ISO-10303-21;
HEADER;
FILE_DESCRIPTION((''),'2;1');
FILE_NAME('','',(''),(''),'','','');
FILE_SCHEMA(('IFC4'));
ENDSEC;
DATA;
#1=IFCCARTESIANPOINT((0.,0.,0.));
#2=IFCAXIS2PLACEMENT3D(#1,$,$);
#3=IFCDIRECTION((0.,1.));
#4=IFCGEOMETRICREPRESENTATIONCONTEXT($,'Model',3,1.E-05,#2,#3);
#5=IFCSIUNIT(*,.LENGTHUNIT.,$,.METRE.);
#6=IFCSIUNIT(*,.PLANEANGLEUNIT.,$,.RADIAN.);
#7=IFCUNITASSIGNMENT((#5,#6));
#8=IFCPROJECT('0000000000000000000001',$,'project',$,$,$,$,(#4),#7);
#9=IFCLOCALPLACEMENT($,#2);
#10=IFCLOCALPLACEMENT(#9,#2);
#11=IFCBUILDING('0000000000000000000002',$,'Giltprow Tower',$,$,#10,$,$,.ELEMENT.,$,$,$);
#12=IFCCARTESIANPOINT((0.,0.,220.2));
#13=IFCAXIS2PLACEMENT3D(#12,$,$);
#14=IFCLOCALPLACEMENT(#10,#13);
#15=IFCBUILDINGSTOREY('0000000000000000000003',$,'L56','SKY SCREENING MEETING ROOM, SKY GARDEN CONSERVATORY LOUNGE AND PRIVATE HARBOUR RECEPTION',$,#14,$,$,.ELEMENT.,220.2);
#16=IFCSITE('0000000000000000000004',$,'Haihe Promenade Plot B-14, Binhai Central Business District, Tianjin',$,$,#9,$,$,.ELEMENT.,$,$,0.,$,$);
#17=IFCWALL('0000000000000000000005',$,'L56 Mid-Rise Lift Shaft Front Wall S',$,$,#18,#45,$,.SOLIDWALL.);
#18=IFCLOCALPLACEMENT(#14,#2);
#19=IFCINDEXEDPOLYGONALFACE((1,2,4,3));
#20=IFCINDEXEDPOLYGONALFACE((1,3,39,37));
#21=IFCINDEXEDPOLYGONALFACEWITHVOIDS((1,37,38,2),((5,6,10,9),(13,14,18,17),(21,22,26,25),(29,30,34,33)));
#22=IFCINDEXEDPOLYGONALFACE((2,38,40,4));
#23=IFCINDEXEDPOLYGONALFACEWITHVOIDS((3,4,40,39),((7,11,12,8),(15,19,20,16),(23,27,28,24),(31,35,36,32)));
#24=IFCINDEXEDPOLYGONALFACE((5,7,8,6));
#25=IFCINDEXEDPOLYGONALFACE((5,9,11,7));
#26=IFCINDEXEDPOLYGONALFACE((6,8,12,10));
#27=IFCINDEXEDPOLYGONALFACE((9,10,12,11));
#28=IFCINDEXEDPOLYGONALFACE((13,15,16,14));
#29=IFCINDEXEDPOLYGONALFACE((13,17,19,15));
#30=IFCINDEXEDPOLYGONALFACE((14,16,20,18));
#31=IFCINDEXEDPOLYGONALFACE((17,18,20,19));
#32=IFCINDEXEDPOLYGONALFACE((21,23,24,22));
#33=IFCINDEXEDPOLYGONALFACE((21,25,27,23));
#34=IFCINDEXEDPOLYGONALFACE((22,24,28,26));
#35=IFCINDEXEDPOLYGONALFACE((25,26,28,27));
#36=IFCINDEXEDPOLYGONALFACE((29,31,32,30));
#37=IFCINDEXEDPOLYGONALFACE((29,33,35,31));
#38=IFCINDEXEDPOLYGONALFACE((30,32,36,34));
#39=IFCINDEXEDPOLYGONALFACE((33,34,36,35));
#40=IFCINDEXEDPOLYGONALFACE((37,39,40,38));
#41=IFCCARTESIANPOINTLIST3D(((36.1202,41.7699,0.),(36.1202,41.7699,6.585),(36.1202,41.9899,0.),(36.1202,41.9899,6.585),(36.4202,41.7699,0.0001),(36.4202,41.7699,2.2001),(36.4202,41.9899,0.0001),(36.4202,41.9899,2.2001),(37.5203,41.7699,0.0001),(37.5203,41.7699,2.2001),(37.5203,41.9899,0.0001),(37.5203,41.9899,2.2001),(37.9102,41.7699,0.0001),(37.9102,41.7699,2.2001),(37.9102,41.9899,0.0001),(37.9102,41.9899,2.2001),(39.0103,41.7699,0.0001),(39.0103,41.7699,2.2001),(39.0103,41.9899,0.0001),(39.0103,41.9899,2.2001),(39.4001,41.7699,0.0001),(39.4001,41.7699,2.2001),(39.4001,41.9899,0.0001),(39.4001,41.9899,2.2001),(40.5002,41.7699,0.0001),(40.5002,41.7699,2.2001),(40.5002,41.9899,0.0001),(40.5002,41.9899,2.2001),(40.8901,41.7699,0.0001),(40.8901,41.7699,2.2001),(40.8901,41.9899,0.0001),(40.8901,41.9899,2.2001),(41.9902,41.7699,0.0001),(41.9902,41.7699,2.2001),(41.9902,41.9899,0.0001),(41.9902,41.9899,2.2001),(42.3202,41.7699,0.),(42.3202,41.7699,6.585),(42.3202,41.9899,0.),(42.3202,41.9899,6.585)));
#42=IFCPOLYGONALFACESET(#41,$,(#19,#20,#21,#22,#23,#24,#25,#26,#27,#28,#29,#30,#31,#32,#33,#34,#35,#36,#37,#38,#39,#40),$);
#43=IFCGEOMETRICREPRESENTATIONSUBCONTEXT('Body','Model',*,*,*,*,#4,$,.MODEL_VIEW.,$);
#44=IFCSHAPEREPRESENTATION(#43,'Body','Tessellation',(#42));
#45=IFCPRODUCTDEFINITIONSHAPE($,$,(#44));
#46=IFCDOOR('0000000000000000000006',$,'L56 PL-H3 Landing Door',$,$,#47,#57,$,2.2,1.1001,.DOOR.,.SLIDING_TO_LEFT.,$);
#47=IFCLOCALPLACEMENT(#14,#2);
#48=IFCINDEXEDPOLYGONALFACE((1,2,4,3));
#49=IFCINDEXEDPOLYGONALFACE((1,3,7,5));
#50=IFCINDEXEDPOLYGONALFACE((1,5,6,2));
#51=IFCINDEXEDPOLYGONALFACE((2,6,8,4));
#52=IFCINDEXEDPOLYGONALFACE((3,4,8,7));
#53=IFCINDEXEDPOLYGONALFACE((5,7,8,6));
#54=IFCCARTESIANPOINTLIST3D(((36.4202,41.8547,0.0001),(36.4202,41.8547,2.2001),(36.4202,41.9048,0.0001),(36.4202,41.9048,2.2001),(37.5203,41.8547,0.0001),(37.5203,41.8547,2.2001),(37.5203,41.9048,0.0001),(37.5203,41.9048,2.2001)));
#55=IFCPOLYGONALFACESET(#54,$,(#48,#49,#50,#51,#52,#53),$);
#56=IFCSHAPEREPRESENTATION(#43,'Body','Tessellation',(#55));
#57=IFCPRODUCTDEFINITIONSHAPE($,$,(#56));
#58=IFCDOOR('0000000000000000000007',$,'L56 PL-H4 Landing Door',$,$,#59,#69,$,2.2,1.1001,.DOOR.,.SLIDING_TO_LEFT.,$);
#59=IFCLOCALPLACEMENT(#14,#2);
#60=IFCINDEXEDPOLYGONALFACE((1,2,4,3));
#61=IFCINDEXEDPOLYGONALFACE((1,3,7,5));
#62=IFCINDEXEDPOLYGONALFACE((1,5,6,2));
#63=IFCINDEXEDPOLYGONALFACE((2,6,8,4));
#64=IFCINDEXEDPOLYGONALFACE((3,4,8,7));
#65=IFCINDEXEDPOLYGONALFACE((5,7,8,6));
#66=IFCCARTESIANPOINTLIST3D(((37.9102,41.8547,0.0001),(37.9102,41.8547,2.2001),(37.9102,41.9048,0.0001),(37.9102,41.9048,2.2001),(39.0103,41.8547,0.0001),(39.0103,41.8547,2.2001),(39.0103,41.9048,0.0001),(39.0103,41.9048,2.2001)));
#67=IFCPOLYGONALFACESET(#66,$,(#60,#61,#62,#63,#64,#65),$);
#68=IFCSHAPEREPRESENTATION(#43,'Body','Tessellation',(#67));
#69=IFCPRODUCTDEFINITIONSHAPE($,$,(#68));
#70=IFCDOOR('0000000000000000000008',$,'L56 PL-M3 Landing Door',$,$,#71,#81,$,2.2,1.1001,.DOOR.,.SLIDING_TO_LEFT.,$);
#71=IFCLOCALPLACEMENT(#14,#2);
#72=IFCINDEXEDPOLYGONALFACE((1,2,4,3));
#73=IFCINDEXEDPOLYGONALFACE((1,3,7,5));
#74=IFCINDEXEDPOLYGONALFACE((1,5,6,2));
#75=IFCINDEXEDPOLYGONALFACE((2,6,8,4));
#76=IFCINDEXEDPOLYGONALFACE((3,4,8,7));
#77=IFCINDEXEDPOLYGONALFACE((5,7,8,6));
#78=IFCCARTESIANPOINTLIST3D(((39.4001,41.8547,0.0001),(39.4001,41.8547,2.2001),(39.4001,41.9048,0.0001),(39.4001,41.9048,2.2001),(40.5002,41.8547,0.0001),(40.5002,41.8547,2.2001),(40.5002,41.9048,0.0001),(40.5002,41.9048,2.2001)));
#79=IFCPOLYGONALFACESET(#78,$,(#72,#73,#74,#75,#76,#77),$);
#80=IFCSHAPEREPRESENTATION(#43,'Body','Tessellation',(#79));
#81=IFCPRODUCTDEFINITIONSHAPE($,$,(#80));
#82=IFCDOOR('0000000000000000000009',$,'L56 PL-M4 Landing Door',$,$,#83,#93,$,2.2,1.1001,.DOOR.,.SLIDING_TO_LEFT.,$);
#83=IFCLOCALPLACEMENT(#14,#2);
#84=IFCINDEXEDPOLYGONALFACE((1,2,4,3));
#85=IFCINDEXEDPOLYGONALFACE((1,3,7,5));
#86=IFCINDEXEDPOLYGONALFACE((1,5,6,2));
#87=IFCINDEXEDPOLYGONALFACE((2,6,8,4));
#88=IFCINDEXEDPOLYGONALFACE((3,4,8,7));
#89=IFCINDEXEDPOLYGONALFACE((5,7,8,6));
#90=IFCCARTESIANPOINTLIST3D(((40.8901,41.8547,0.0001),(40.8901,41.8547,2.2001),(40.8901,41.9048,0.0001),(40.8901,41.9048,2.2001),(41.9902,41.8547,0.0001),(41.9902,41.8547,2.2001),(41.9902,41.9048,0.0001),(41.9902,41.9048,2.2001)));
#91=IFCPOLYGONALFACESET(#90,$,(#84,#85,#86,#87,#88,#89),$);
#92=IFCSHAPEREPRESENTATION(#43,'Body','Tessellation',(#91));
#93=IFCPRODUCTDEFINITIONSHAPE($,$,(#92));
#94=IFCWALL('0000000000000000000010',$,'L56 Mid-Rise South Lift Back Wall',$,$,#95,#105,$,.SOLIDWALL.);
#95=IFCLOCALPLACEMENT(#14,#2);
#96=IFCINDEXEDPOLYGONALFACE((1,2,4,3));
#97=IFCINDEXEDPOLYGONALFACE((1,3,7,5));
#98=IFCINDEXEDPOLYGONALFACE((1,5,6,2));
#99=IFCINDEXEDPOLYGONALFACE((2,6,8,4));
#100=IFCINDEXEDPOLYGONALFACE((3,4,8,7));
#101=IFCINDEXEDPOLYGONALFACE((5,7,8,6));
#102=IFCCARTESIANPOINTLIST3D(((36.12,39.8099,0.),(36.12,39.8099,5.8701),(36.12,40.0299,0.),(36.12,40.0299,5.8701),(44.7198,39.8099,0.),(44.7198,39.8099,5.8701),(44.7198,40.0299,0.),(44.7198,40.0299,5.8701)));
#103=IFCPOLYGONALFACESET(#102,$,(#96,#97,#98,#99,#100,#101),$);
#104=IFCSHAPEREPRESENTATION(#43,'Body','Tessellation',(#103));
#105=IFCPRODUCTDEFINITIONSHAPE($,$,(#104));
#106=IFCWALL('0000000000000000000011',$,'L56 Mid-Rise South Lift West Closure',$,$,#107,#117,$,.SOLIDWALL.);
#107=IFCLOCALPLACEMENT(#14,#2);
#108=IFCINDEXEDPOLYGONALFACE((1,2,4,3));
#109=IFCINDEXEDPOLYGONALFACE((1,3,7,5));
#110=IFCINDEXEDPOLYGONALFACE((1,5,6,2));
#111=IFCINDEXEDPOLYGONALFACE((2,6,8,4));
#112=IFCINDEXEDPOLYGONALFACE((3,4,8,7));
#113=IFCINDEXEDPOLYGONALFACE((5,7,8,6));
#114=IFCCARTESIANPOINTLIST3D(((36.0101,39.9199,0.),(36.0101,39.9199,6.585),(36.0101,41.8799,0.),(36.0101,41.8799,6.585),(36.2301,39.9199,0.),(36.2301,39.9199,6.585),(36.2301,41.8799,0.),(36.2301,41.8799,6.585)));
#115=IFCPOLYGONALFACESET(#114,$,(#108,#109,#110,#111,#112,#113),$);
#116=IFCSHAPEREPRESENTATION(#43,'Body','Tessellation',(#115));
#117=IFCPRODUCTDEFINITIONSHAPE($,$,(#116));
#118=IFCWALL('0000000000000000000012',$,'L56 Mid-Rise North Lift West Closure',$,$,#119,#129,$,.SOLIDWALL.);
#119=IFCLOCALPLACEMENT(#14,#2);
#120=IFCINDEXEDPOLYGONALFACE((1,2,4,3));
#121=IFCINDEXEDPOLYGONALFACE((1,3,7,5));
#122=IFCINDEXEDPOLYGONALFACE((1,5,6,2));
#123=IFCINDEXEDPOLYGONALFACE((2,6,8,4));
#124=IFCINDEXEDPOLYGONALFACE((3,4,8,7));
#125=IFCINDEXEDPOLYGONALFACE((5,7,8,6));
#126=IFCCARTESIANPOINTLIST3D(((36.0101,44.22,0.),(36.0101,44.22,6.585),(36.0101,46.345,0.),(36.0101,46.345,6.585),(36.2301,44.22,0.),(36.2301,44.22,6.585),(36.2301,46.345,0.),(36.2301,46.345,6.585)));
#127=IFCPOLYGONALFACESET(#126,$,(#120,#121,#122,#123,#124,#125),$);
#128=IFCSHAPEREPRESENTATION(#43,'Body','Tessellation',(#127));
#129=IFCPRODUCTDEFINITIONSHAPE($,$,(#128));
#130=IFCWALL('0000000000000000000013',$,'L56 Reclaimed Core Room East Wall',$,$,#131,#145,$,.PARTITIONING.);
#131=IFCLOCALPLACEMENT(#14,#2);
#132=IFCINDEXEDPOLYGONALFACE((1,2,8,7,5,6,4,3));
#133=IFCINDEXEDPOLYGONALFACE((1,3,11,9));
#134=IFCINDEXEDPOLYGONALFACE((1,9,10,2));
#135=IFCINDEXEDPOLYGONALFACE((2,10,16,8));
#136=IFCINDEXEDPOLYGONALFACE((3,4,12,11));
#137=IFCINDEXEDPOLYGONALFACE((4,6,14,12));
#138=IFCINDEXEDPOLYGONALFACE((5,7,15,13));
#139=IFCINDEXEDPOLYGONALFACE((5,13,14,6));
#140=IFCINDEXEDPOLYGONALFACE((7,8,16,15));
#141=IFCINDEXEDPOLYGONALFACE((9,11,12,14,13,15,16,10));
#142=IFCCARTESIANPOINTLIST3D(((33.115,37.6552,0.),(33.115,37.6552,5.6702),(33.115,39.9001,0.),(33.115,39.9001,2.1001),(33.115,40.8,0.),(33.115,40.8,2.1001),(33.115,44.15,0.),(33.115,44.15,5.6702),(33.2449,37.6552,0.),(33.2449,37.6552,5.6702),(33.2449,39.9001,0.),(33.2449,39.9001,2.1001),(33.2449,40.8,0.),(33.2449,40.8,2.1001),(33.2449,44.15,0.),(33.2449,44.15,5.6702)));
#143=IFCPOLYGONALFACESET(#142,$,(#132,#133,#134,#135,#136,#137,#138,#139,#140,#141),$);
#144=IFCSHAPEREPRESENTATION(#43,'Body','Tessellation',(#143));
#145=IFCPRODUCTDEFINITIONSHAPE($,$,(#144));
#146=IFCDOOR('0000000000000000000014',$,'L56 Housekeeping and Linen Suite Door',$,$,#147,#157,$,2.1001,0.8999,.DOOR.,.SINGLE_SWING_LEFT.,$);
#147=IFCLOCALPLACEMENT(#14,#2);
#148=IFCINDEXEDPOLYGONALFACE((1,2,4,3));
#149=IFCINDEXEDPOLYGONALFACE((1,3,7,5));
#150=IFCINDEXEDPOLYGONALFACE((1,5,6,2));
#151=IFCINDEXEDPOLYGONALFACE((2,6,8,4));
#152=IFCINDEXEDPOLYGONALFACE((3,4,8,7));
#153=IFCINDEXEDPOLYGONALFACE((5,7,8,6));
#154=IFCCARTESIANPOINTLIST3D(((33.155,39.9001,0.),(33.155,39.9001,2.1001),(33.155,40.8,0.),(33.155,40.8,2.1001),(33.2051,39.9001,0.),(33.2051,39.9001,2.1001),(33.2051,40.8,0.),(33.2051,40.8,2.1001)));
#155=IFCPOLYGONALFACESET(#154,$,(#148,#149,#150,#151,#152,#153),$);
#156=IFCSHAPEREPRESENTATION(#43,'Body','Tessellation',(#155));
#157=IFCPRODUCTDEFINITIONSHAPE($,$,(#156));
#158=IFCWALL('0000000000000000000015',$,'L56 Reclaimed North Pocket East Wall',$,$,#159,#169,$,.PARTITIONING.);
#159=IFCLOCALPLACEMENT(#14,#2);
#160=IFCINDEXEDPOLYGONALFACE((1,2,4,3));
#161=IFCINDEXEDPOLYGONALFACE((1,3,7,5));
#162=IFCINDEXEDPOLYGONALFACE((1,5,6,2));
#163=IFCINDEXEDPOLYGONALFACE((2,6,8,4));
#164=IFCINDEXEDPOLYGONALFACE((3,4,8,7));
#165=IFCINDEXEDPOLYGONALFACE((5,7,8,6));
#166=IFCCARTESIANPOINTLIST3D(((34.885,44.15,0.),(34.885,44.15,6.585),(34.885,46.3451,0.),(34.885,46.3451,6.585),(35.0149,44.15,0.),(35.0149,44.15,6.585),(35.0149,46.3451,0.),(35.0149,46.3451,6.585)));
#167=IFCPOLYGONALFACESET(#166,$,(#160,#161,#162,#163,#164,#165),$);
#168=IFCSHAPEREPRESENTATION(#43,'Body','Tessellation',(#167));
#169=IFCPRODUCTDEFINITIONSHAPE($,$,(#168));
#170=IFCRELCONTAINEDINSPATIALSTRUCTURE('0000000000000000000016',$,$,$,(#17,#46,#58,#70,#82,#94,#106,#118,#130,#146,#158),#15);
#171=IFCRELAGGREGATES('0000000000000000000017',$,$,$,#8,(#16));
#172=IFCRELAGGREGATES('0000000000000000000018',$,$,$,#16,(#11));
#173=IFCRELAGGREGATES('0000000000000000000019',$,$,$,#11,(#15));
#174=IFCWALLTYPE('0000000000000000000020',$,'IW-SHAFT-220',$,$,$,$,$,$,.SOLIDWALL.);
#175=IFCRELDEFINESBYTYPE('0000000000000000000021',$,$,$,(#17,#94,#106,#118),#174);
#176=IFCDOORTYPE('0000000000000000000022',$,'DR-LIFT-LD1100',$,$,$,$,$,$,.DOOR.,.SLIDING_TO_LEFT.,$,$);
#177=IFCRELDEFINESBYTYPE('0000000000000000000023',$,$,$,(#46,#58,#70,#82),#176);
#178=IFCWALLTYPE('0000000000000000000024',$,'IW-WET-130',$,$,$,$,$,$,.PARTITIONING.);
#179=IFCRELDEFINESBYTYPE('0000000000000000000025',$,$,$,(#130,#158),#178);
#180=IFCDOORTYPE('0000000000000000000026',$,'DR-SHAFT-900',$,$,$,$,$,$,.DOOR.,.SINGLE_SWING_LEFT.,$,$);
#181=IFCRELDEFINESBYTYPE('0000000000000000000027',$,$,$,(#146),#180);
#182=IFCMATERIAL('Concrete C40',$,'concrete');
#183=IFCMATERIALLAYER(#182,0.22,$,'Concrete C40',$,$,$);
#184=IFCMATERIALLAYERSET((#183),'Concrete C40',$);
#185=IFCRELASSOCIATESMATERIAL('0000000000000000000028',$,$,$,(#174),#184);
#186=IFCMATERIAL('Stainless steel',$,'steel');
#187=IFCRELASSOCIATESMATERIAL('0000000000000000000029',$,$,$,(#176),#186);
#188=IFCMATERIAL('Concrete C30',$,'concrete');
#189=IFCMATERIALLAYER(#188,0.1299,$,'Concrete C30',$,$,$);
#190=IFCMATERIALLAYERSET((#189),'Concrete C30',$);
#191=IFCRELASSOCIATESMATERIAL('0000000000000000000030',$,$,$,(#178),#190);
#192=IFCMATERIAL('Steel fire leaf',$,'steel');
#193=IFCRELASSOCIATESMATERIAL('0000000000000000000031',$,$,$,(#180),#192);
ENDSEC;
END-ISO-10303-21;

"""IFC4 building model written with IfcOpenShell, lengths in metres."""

from ifc_helpers import new_model, si_unit, direction, frame, frame_2d, origin, place, context, subcontext, project, spatial, rectangle, extrude, source, transform, mapped, material, layer, layer_set, type_object, element, fill, save


model = new_model("IFC4")

# Units and contexts
model_context = context("Model", 3, precision=1e-05, world=origin(), true_north=direction((0.0, 1.0)))
body_context = subcontext(model_context, "Body", "Model", "MODEL_VIEW")
ifc_project = project(units=[si_unit("LENGTHUNIT", "METRE"), si_unit("PLANEANGLEUNIT", "RADIAN")], contexts=[model_context])

# Site, building, storey
site_placement = place(None, origin())
site = spatial("IfcSite", under=ifc_project, at=site_placement, Name="Haihe Promenade Plot B-14, Binhai Central Business District, Tianjin", CompositionType="ELEMENT", RefElevation=0.0)
building_placement = place(site_placement, origin())
building = spatial("IfcBuilding", under=site, at=building_placement, Name="Giltprow Tower", CompositionType="ELEMENT")
storey_placement = place(building_placement, frame((0.0, 0.0, 220.2)))
storey = spatial("IfcBuildingStorey", under=building, at=storey_placement, Name="L56", Description="SKY SCREENING MEETING ROOM, SKY GARDEN CONSERVATORY LOUNGE AND PRIVATE HARBOUR RECEPTION", CompositionType="ELEMENT", Elevation=220.2)

# Wall, openings, doors
ifc_material_1 = material(Name="Concrete C40", Category="concrete")
ifc_layer_1 = layer(ifc_material_1, 0.22, Name="Concrete C40")
ifc_layer_set_1 = layer_set([ifc_layer_1], Name="Concrete C40")
wall_type_1 = type_object("IfcWallType", Name="IW-SHAFT-220", PredefinedType="SOLIDWALL", material=ifc_layer_set_1)
ifc_material_2 = material(Name="Stainless steel", Category="steel")
door_type_1 = type_object("IfcDoorType", Name="DR-LIFT-LD1100", OperationType="SLIDING_TO_LEFT", PredefinedType="DOOR", material=ifc_material_2)
shared_shape_1 = source(origin(), body_context, "Body", "SweptSolid", [
    extrude(rectangle(XDim=1.1001, YDim=2.2, at=frame_2d((0.55, 1.1001))), frame((0.0, 0.0249, 0.0), z_axis=(0.0, -1.0, 0.0), x_axis=(1.0, 0.0, 0.0)), (0.0, 0.0, 1.0), 0.05),
])
wall_1_placement = place(storey_placement, frame((36.1201, 41.8799, 0.0), z_axis=(0.0, 0.0, 1.0), x_axis=(1.0, 0.0, 0.0)))
wall_1 = element("IfcWall", 1, at=wall_1_placement, inside=storey, type_object=wall_type_1, Name="L56 Mid-Rise Lift Shaft Front Wall S", PredefinedType="SOLIDWALL", context=body_context, shape_type="SweptSolid", body=[
    extrude(rectangle(XDim=6.2, YDim=0.22, at=frame_2d((3.1001, 0.0))), origin(), (0.0, 0.0, 1.0), 6.585),
])
opening_1_placement = place(wall_1_placement, frame((0.3, 0.0, 0.0)))
opening_1 = element("IfcOpeningElement", 2, at=opening_1_placement, cuts=wall_1, PredefinedType="OPENING", context=body_context, shape_type="SweptSolid", body=[
    extrude(rectangle(XDim=1.1001, YDim=2.2, at=frame_2d((0.55, 1.1001))), frame((0.0, 0.1199, 0.0), z_axis=(0.0, -1.0, 0.0), x_axis=(1.0, 0.0, 0.0)), (0.0, 0.0, 1.0), 0.24),
])
opening_2_placement = place(wall_1_placement, frame((1.79, 0.0, 0.0)))
opening_2 = element("IfcOpeningElement", 3, at=opening_2_placement, cuts=wall_1, PredefinedType="OPENING", context=body_context, shape_type="SweptSolid", body=[
    extrude(rectangle(XDim=1.1001, YDim=2.2, at=frame_2d((0.55, 1.1001))), frame((0.0, 0.1199, 0.0), z_axis=(0.0, -1.0, 0.0), x_axis=(1.0, 0.0, 0.0)), (0.0, 0.0, 1.0), 0.24),
])
opening_3_placement = place(wall_1_placement, frame((3.28, 0.0, 0.0)))
opening_3 = element("IfcOpeningElement", 4, at=opening_3_placement, cuts=wall_1, PredefinedType="OPENING", context=body_context, shape_type="SweptSolid", body=[
    extrude(rectangle(XDim=1.1001, YDim=2.2, at=frame_2d((0.55, 1.1001))), frame((0.0, 0.1199, 0.0), z_axis=(0.0, -1.0, 0.0), x_axis=(1.0, 0.0, 0.0)), (0.0, 0.0, 1.0), 0.24),
])
opening_4_placement = place(wall_1_placement, frame((4.77, 0.0, 0.0)))
opening_4 = element("IfcOpeningElement", 5, at=opening_4_placement, cuts=wall_1, PredefinedType="OPENING", context=body_context, shape_type="SweptSolid", body=[
    extrude(rectangle(XDim=1.1001, YDim=2.2, at=frame_2d((0.55, 1.1001))), frame((0.0, 0.1199, 0.0), z_axis=(0.0, -1.0, 0.0), x_axis=(1.0, 0.0, 0.0)), (0.0, 0.0, 1.0), 0.24),
])
door_1_placement = place(opening_1_placement, origin())
door_1 = element("IfcDoor", 6, at=door_1_placement, inside=storey, type_object=door_type_1, Name="L56 PL-H3 Landing Door", OperationType="SLIDING_TO_LEFT", OverallHeight=2.2, OverallWidth=1.1001, PredefinedType="DOOR", context=body_context, shape_type="MappedRepresentation", body=[
    mapped(shared_shape_1, transform((0.0, 0.0, 0.0), x_axis=(1.0, 0.0, 0.0), y_axis=(0.0, 1.0, 0.0), z_axis=(0.0, 0.0, 1.0), scale=1.0)),
])
fill(opening_1, door_1)
door_2_placement = place(opening_2_placement, origin())
door_2 = element("IfcDoor", 7, at=door_2_placement, inside=storey, type_object=door_type_1, Name="L56 PL-H4 Landing Door", OperationType="SLIDING_TO_LEFT", OverallHeight=2.2, OverallWidth=1.1001, PredefinedType="DOOR", context=body_context, shape_type="MappedRepresentation", body=[
    mapped(shared_shape_1, transform((0.0, 0.0, 0.0), x_axis=(1.0, 0.0, 0.0), y_axis=(0.0, 1.0, 0.0), z_axis=(0.0, 0.0, 1.0), scale=1.0)),
])
fill(opening_2, door_2)
door_3_placement = place(opening_3_placement, origin())
door_3 = element("IfcDoor", 8, at=door_3_placement, inside=storey, type_object=door_type_1, Name="L56 PL-M3 Landing Door", OperationType="SLIDING_TO_LEFT", OverallHeight=2.2, OverallWidth=1.1001, PredefinedType="DOOR", context=body_context, shape_type="MappedRepresentation", body=[
    mapped(shared_shape_1, transform((0.0, 0.0, 0.0), x_axis=(1.0, 0.0, 0.0), y_axis=(0.0, 1.0, 0.0), z_axis=(0.0, 0.0, 1.0), scale=1.0)),
])
fill(opening_3, door_3)
door_4_placement = place(opening_4_placement, origin())
door_4 = element("IfcDoor", 9, at=door_4_placement, inside=storey, type_object=door_type_1, Name="L56 PL-M4 Landing Door", OperationType="SLIDING_TO_LEFT", OverallHeight=2.2, OverallWidth=1.1001, PredefinedType="DOOR", context=body_context, shape_type="MappedRepresentation", body=[
    mapped(shared_shape_1, transform((0.0, 0.0, 0.0), x_axis=(1.0, 0.0, 0.0), y_axis=(0.0, 1.0, 0.0), z_axis=(0.0, 0.0, 1.0), scale=1.0)),
])
fill(opening_4, door_4)

# Walls
wall_2_placement = place(storey_placement, frame((36.1201, 39.9199, 0.0), z_axis=(0.0, 0.0, 1.0), x_axis=(1.0, 0.0, 0.0)))
element("IfcWall", 10, at=wall_2_placement, inside=storey, type_object=wall_type_1, Name="L56 Mid-Rise South Lift Back Wall", PredefinedType="SOLIDWALL", context=body_context, shape_type="SweptSolid", body=[
    extrude(rectangle(XDim=8.5999, YDim=0.22, at=frame_2d((4.2998, 0.0))), origin(), (0.0, 0.0, 1.0), 5.8701),
])
wall_3_placement = place(storey_placement, frame((36.1201, 39.9199, 0.0), z_axis=(0.0, 0.0, 1.0), x_axis=(0.0, 1.0, 0.0)))
element("IfcWall", 11, at=wall_3_placement, inside=storey, type_object=wall_type_1, Name="L56 Mid-Rise South Lift West Closure", PredefinedType="SOLIDWALL", context=body_context, shape_type="SweptSolid", body=[
    extrude(rectangle(XDim=1.96, YDim=0.22, at=frame_2d((0.98, 0.0))), origin(), (0.0, 0.0, 1.0), 6.585),
])
wall_4_placement = place(storey_placement, frame((36.1201, 44.22, 0.0), z_axis=(0.0, 0.0, 1.0), x_axis=(0.0, 1.0, 0.0)))
element("IfcWall", 12, at=wall_4_placement, inside=storey, type_object=wall_type_1, Name="L56 Mid-Rise North Lift West Closure", PredefinedType="SOLIDWALL", context=body_context, shape_type="SweptSolid", body=[
    extrude(rectangle(XDim=2.125, YDim=0.22, at=frame_2d((1.0625, 0.0))), origin(), (0.0, 0.0, 1.0), 6.585),
])

# Wall, opening, door
ifc_material_3 = material(Name="Concrete C30", Category="concrete")
ifc_layer_2 = layer(ifc_material_3, 0.1299, Name="Concrete C30")
ifc_layer_set_2 = layer_set([ifc_layer_2], Name="Concrete C30")
wall_type_2 = type_object("IfcWallType", Name="IW-WET-130", PredefinedType="PARTITIONING", material=ifc_layer_set_2)
wall_5_placement = place(storey_placement, frame((33.1799, 37.655, 0.0), z_axis=(0.0, 0.0, 1.0), x_axis=(0.0, 1.0, 0.0)))
wall_5 = element("IfcWall", 13, at=wall_5_placement, inside=storey, type_object=wall_type_2, Name="L56 Reclaimed Core Room East Wall", PredefinedType="PARTITIONING", context=body_context, shape_type="SweptSolid", body=[
    extrude(rectangle(XDim=6.4949, YDim=0.1299, at=frame_2d((3.2476, 0.0))), origin(), (0.0, 0.0, 1.0), 5.6702),
])
opening_5_placement = place(wall_5_placement, frame((2.2451, 0.0, 0.0)))
opening_5 = element("IfcOpeningElement", 14, at=opening_5_placement, cuts=wall_5, PredefinedType="OPENING", context=body_context, shape_type="SweptSolid", body=[
    extrude(rectangle(XDim=0.8999, YDim=2.1001, at=frame_2d((0.45, 1.05))), frame((0.0, 0.075, 0.0), z_axis=(0.0, -1.0, 0.0), x_axis=(1.0, 0.0, 0.0)), (0.0, 0.0, 1.0), 0.1499),
])
ifc_material_4 = material(Name="Steel fire leaf", Category="steel")
door_type_2 = type_object("IfcDoorType", Name="DR-SHAFT-900", OperationType="SINGLE_SWING_LEFT", PredefinedType="DOOR", material=ifc_material_4)
shared_shape_2 = source(origin(), body_context, "Body", "SweptSolid", [
    extrude(rectangle(XDim=0.8999, YDim=2.1001, at=frame_2d((0.45, 1.05))), frame((0.0, 0.0249, 0.0), z_axis=(0.0, -1.0, 0.0), x_axis=(1.0, 0.0, 0.0)), (0.0, 0.0, 1.0), 0.05),
])
door_5_placement = place(opening_5_placement, origin())
door_5 = element("IfcDoor", 15, at=door_5_placement, inside=storey, type_object=door_type_2, Name="L56 Housekeeping and Linen Suite Door", OperationType="SINGLE_SWING_LEFT", OverallHeight=2.1001, OverallWidth=0.8999, PredefinedType="DOOR", context=body_context, shape_type="MappedRepresentation", body=[
    mapped(shared_shape_2, transform((0.0, 0.0, 0.0), x_axis=(1.0, 0.0, 0.0), y_axis=(0.0, 1.0, 0.0), z_axis=(0.0, 0.0, 1.0), scale=1.0)),
])
fill(opening_5, door_5)

# Wall
wall_6_placement = place(storey_placement, frame((34.95, 44.1499, 0.0), z_axis=(0.0, 0.0, 1.0), x_axis=(0.0, 1.0, 0.0)))
element("IfcWall", 16, at=wall_6_placement, inside=storey, type_object=wall_type_2, Name="L56 Reclaimed North Pocket East Wall", PredefinedType="PARTITIONING", context=body_context, shape_type="SweptSolid", body=[
    extrude(rectangle(XDim=2.1951, YDim=0.1299, at=frame_2d((1.0977, 0.0))), origin(), (0.0, 0.0, 1.0), 6.585),
])

save(model, "model.ifc")
